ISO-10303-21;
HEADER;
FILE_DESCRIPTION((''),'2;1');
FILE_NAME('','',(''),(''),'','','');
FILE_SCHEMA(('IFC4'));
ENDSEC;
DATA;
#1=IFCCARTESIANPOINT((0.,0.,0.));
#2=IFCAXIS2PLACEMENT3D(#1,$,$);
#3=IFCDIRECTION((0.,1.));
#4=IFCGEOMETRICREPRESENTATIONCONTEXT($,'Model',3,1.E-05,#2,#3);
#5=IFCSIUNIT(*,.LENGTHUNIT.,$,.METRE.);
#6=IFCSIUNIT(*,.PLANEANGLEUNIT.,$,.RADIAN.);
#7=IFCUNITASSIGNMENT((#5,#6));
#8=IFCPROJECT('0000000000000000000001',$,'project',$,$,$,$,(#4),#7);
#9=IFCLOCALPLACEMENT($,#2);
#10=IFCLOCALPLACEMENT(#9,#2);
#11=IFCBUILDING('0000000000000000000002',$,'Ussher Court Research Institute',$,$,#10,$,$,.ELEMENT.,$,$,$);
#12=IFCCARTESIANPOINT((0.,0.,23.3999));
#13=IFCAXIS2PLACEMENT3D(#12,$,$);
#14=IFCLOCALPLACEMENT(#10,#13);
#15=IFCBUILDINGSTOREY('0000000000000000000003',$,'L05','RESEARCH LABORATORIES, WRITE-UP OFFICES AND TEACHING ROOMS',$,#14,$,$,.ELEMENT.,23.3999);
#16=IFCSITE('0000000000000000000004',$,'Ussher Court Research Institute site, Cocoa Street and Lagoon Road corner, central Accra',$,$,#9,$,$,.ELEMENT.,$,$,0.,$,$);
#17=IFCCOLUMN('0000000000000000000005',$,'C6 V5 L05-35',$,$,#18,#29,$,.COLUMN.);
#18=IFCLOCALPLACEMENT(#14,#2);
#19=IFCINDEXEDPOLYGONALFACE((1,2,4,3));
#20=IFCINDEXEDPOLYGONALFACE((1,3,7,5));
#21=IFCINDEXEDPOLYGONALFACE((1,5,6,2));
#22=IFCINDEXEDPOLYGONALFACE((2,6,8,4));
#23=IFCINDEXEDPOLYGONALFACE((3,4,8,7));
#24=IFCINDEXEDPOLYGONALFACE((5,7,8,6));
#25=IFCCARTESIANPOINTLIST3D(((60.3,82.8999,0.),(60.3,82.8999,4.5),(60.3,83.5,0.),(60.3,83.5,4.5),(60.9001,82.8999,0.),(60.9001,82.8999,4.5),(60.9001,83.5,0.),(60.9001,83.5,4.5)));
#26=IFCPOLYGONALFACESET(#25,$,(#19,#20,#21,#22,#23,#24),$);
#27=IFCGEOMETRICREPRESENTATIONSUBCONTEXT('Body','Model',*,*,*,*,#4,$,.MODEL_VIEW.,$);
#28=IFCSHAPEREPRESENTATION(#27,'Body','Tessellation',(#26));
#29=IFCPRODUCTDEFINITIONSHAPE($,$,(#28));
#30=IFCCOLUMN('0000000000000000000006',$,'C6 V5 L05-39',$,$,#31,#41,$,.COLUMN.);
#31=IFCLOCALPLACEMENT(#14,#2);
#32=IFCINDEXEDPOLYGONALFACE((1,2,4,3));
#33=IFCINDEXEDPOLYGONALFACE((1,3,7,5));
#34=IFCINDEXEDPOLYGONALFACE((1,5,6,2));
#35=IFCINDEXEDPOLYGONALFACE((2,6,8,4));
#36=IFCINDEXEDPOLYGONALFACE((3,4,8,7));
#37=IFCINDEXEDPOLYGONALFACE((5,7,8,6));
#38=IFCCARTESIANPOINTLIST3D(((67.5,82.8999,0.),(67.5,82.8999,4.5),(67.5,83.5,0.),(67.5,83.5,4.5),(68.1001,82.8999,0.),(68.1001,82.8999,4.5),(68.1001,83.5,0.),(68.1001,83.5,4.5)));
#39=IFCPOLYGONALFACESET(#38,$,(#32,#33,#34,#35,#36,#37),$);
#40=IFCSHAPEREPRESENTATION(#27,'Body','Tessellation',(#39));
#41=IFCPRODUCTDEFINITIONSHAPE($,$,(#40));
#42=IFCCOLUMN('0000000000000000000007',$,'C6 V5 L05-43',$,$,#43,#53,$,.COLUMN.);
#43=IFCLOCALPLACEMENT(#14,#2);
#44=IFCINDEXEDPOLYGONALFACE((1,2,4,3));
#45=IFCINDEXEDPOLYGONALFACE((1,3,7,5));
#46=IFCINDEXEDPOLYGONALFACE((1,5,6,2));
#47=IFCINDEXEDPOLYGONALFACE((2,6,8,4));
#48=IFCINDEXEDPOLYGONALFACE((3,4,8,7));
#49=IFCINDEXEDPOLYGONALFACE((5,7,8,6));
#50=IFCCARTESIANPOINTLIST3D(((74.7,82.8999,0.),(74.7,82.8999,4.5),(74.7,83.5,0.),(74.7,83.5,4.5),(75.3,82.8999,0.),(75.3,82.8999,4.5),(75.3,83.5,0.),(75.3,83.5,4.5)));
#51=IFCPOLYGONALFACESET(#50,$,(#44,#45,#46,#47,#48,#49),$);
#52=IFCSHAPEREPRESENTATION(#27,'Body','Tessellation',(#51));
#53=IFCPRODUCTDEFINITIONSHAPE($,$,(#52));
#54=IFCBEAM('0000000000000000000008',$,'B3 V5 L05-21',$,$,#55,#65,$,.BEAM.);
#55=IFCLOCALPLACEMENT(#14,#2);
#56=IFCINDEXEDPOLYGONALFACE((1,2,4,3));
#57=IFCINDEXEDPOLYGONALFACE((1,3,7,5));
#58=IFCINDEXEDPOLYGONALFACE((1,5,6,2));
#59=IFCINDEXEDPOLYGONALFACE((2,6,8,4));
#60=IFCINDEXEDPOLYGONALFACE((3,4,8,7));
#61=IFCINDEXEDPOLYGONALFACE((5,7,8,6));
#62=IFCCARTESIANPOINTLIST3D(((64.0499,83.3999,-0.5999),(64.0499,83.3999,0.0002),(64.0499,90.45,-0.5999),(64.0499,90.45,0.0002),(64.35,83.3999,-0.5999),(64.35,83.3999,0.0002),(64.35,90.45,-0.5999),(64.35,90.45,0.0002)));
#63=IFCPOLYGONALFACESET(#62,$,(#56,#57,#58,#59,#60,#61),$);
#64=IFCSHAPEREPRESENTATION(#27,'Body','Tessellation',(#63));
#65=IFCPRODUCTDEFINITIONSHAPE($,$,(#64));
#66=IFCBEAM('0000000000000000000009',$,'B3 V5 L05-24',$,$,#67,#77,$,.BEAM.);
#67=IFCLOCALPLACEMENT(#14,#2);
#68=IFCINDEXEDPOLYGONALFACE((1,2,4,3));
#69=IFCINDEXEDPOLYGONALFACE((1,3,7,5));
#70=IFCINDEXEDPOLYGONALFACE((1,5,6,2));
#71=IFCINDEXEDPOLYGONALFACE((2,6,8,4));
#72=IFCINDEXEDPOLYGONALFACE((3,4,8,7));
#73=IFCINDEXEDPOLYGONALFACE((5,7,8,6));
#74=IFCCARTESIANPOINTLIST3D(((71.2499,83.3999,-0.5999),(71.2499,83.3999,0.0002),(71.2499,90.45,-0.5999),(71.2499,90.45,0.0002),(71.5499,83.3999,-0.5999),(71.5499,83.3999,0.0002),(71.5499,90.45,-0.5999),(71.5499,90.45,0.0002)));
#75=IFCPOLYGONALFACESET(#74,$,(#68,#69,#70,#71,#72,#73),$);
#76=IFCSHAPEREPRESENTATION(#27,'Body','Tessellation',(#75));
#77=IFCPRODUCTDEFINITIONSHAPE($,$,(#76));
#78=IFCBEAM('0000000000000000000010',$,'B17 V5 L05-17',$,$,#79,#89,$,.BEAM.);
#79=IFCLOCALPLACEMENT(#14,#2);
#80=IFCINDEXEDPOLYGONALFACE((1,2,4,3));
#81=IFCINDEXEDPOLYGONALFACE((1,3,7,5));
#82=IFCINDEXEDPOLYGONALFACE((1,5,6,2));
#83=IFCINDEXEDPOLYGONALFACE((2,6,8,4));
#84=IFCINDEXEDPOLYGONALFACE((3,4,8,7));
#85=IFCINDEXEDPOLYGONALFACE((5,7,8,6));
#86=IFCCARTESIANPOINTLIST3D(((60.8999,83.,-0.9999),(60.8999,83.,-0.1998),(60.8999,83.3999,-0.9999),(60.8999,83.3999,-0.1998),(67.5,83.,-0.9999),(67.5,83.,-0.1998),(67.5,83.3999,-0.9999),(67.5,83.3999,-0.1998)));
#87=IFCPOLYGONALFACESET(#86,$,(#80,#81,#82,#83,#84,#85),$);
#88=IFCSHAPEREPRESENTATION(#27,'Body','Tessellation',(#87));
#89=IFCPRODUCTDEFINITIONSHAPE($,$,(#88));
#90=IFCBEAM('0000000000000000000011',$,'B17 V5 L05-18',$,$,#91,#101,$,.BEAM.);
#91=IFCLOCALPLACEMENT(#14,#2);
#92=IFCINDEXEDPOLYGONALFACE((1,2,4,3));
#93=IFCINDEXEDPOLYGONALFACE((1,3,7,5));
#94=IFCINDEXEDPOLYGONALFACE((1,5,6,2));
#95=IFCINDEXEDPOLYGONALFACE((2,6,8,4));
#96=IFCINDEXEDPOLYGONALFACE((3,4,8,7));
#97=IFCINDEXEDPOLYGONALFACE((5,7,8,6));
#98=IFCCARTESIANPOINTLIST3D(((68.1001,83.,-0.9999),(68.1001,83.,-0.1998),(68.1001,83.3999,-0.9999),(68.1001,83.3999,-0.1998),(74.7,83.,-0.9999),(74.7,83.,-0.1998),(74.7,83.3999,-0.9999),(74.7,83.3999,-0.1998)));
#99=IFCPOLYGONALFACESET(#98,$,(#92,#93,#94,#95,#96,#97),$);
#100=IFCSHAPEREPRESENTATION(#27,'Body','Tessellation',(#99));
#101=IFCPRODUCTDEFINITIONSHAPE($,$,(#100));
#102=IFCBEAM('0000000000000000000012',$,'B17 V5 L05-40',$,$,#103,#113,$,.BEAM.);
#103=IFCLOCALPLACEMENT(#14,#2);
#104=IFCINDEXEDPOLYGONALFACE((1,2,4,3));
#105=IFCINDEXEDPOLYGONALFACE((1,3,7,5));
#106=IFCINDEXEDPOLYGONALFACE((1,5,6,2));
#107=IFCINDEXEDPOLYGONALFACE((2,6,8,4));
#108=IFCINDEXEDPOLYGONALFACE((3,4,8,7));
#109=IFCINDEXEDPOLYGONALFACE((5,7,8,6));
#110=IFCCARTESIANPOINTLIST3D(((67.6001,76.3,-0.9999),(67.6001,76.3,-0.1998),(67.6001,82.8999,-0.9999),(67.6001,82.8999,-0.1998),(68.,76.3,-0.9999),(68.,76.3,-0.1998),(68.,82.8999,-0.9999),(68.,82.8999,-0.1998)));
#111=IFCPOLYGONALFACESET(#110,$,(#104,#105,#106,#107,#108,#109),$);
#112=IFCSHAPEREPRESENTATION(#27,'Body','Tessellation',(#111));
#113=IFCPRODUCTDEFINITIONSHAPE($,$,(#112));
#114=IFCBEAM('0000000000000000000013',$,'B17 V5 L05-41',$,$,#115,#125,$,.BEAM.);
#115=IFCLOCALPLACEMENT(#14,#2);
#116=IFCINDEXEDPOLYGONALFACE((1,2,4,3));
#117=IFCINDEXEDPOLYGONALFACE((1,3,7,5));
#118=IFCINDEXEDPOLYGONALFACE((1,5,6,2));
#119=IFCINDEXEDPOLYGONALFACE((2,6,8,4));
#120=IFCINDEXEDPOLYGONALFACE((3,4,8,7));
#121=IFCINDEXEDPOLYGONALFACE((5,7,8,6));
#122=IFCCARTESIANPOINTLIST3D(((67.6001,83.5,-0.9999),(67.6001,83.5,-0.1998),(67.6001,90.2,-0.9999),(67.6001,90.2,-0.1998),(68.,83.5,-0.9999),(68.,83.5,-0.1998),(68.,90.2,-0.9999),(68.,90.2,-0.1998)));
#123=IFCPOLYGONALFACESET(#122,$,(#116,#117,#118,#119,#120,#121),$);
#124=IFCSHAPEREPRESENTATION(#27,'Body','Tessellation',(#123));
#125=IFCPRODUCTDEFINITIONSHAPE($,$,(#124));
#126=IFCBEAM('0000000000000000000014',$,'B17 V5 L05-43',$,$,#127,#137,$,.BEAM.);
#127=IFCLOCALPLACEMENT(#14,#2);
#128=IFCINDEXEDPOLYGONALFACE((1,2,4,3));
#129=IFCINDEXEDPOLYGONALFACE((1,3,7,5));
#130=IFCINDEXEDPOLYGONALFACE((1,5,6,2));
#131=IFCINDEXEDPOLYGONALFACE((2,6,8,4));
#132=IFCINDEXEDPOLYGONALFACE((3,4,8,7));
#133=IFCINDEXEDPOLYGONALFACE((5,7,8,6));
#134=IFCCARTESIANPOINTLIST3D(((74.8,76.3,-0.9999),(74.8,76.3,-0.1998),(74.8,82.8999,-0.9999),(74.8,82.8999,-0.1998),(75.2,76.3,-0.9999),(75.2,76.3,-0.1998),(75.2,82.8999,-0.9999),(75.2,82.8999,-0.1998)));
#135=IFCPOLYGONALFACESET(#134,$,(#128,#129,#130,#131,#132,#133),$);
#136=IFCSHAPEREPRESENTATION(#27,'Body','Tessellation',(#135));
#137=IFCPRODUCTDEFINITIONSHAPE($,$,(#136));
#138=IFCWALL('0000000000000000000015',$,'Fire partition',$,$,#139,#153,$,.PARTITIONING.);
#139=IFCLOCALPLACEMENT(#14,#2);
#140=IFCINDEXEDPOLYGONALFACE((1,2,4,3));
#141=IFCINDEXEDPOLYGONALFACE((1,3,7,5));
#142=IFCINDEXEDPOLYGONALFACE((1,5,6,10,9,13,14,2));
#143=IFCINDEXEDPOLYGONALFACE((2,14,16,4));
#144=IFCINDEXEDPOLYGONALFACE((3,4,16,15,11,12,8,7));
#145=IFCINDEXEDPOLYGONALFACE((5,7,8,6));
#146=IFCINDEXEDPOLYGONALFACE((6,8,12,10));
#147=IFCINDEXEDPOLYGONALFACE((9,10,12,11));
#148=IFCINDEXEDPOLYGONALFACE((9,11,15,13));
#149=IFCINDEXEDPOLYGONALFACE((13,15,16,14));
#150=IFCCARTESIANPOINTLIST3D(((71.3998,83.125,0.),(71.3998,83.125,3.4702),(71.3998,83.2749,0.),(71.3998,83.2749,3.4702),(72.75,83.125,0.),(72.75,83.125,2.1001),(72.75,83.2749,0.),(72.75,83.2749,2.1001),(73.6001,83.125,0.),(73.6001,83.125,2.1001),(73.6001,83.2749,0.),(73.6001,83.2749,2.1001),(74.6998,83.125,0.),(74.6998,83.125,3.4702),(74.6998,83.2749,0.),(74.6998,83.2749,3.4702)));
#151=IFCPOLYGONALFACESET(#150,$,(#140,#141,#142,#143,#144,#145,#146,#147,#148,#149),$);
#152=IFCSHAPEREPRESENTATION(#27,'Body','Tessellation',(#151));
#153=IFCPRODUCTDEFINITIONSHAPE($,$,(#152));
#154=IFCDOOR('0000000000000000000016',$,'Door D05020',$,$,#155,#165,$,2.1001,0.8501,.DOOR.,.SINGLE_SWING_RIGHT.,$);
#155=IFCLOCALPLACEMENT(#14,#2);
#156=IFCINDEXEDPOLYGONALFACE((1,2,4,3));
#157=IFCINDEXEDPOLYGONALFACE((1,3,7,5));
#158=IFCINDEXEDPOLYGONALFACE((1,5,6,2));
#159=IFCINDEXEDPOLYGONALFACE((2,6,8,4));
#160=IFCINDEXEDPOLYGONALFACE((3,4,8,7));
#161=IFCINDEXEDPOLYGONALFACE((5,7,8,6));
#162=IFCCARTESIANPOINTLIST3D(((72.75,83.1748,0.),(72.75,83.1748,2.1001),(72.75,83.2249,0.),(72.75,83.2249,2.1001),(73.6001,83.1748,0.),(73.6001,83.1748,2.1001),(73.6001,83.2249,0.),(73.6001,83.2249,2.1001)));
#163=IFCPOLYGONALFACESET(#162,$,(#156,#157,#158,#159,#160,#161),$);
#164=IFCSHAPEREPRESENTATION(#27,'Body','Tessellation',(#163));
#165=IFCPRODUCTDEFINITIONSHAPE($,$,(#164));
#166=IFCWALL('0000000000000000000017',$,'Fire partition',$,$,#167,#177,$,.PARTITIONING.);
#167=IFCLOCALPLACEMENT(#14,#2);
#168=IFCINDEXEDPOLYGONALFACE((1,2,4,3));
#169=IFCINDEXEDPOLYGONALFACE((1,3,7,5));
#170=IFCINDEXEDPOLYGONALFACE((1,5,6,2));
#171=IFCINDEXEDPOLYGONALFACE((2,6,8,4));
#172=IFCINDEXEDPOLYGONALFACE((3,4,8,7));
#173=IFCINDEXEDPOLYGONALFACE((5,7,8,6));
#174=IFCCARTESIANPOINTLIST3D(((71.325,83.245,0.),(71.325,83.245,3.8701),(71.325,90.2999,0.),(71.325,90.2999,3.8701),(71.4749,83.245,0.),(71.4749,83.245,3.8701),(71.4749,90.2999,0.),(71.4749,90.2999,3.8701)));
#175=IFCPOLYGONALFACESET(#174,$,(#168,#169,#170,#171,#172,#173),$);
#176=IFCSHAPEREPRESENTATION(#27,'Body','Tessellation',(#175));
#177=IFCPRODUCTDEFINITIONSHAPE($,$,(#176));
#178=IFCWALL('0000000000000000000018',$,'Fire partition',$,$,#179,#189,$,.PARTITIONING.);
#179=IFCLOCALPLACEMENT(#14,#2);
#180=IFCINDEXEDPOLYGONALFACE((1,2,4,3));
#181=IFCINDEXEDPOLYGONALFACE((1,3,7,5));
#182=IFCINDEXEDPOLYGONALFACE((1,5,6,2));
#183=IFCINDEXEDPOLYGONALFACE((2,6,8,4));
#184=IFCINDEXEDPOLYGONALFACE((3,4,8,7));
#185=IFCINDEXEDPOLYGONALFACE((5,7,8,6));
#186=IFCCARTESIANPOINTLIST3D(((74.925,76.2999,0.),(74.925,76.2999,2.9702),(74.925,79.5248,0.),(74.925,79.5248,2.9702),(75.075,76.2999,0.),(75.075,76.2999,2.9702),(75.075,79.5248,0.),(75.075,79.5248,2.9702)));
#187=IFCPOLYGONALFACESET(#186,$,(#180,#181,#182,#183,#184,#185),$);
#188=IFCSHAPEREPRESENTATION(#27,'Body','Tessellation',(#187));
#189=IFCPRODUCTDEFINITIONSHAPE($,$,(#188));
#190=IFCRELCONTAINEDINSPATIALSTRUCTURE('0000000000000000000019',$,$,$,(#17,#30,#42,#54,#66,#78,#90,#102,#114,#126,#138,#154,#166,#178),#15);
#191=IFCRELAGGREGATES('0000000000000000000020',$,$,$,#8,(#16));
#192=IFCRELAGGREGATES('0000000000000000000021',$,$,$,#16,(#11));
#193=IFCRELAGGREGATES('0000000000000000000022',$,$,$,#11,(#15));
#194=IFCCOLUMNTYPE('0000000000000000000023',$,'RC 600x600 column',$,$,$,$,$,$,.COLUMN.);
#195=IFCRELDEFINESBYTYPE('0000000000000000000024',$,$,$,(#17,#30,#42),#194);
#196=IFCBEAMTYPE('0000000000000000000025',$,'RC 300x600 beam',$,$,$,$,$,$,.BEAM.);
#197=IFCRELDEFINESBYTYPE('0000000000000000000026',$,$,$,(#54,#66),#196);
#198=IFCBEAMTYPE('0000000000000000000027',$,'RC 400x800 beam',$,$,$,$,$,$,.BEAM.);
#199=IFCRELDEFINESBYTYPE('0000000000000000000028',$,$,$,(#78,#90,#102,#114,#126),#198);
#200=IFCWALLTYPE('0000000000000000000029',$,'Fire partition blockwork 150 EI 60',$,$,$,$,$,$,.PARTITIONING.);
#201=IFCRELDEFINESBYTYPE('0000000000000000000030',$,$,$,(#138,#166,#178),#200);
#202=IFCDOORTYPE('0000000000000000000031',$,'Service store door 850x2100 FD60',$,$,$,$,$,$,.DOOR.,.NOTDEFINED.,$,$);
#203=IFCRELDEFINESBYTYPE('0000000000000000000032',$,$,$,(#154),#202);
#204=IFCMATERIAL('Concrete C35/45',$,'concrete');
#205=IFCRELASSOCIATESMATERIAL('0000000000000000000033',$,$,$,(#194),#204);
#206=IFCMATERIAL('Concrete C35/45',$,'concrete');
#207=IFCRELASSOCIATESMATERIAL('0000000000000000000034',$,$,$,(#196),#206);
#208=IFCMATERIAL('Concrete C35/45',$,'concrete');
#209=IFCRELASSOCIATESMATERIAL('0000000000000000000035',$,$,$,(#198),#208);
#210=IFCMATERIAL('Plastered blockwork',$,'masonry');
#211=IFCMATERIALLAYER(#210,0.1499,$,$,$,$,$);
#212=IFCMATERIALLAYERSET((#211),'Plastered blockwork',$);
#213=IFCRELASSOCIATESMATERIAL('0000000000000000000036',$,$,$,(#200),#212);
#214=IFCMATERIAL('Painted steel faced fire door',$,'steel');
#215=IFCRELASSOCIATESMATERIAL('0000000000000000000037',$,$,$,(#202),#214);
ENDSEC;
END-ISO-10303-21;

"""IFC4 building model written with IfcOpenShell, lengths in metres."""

from ifc_helpers import new_model, si_unit, direction, frame, frame_2d, origin, origin_2d, place, context, subcontext, project, spatial, rectangle, extrude, material, layer, layer_set, material_profile, profile_set, type_object, element, fill, save


model = new_model("IFC4")

# Units and contexts
model_context = context("Model", 3, precision=1e-05, world=origin(), true_north=direction((0.0, 1.0)))
body_context = subcontext(model_context, "Body", "Model", "MODEL_VIEW")
ifc_project = project(units=[si_unit("LENGTHUNIT", "METRE"), si_unit("PLANEANGLEUNIT", "RADIAN")], contexts=[model_context])

# Site, building, storey
site_placement = place(None, origin())
site = spatial("IfcSite", under=ifc_project, at=site_placement, Name="Ussher Court Research Institute site, Cocoa Street and Lagoon Road corner, central Accra", CompositionType="ELEMENT", RefElevation=0.0)
building_placement = place(site_placement, origin())
building = spatial("IfcBuilding", under=site, at=building_placement, Name="Ussher Court Research Institute", CompositionType="ELEMENT")
storey_placement = place(building_placement, frame((0.0, 0.0, 23.3999)))
storey = spatial("IfcBuildingStorey", under=building, at=storey_placement, Name="L05", Description="RESEARCH LABORATORIES, WRITE-UP OFFICES AND TEACHING ROOMS", CompositionType="ELEMENT", Elevation=23.3999)

# Columns
ifc_material_1 = material(Name="Concrete C35/45", Category="concrete")
ifc_material_profile_1 = material_profile(ifc_material_1, rectangle(XDim=0.6001, YDim=0.6001, at=origin_2d()), Name="RC 600x600")
ifc_profile_set_1 = profile_set([ifc_material_profile_1], Name="Concrete C35/45")
column_type = type_object("IfcColumnType", Name="RC 600x600 column", PredefinedType="COLUMN", material=ifc_profile_set_1)
for number, where, z_axis, x_axis, name in (
    (1, (60.6001, 83.2, 0.0), (0.0, 0.0, 1.0), (1.0, 0.0, 0.0), "C6 V5 L05-35"),
    (2, (67.8, 83.2, 0.0), (0.0, 0.0, 1.0), (1.0, 0.0, 0.0), "C6 V5 L05-39"),
    (3, (75.0, 83.2, 0.0), (0.0, 0.0, 1.0), (1.0, 0.0, 0.0), "C6 V5 L05-43"),
):
    element("IfcColumn", number, at=place(storey_placement, frame(where, z_axis=z_axis, x_axis=x_axis)), inside=storey, type_object=column_type, Name=name, PredefinedType="COLUMN", context=body_context, shape_type="SweptSolid", body=[
        extrude(rectangle(XDim=0.6001, YDim=0.6001, at=origin_2d()), origin(), (0.0, 0.0, 1.0), 4.5),
    ])

# Beams
ifc_material_2 = material(Name="Concrete C35/45", Category="concrete")
ifc_material_profile_2 = material_profile(ifc_material_2, rectangle(XDim=0.3, YDim=0.6001, at=origin_2d()), Name="RC 300x600")
ifc_profile_set_2 = profile_set([ifc_material_profile_2], Name="Concrete C35/45")
beam_type_1 = type_object("IfcBeamType", Name="RC 300x600 beam", PredefinedType="BEAM", material=ifc_profile_set_2)
for number, where, z_axis, x_axis, name in (
    (4, (64.2, 83.3999, -0.2998), (0.0, 1.0, 0.0), (-1.0, 0.0, 0.0), "B3 V5 L05-21"),
    (5, (71.3999, 83.3999, -0.2998), (0.0, 1.0, 0.0), (-1.0, 0.0, 0.0), "B3 V5 L05-24"),
):
    element("IfcBeam", number, at=place(storey_placement, frame(where, z_axis=z_axis, x_axis=x_axis)), inside=storey, type_object=beam_type_1, Name=name, PredefinedType="BEAM", context=body_context, shape_type="SweptSolid", body=[
        extrude(rectangle(XDim=0.3, YDim=0.6001, at=origin_2d()), origin(), (0.0, 0.0, 1.0), 7.05),
    ])
ifc_material_3 = material(Name="Concrete C35/45", Category="concrete")
ifc_material_profile_3 = material_profile(ifc_material_3, rectangle(XDim=0.3999, YDim=0.8, at=origin_2d()), Name="RC 400x800")
ifc_profile_set_3 = profile_set([ifc_material_profile_3], Name="Concrete C35/45")
beam_type_2 = type_object("IfcBeamType", Name="RC 400x800 beam", PredefinedType="BEAM", material=ifc_profile_set_3)
beam_1_placement = place(storey_placement, frame((60.8999, 83.2, -0.5999), z_axis=(1.0, 0.0, 0.0), x_axis=(0.0, 1.0, 0.0)))
element("IfcBeam", 6, at=beam_1_placement, inside=storey, type_object=beam_type_2, Name="B17 V5 L05-17", PredefinedType="BEAM", context=body_context, shape_type="SweptSolid", body=[
    extrude(rectangle(XDim=0.3999, YDim=0.8, at=origin_2d()), origin(), (0.0, 0.0, 1.0), 6.6001),
])
for number, where, z_axis, x_axis, name in (
    (7, (68.1001, 83.2, -0.5999), (1.0, 0.0, 0.0), (0.0, 1.0, 0.0), "B17 V5 L05-18"),
    (8, (67.8, 76.3, -0.5999), (0.0, 1.0, 0.0), (-1.0, 0.0, 0.0), "B17 V5 L05-40"),
):
    element("IfcBeam", number, at=place(storey_placement, frame(where, z_axis=z_axis, x_axis=x_axis)), inside=storey, type_object=beam_type_2, Name=name, PredefinedType="BEAM", context=body_context, shape_type="SweptSolid", body=[
        extrude(rectangle(XDim=0.3999, YDim=0.8, at=origin_2d()), origin(), (0.0, 0.0, 1.0), 6.5999),
    ])
beam_2_placement = place(storey_placement, frame((67.8, 83.5, -0.5999), z_axis=(0.0, 1.0, 0.0), x_axis=(-1.0, 0.0, 0.0)))
element("IfcBeam", 9, at=beam_2_placement, inside=storey, type_object=beam_type_2, Name="B17 V5 L05-41", PredefinedType="BEAM", context=body_context, shape_type="SweptSolid", body=[
    extrude(rectangle(XDim=0.3999, YDim=0.8, at=origin_2d()), origin(), (0.0, 0.0, 1.0), 6.7),
])
beam_3_placement = place(storey_placement, frame((75.0, 76.3, -0.5999), z_axis=(0.0, 1.0, 0.0), x_axis=(-1.0, 0.0, 0.0)))
element("IfcBeam", 10, at=beam_3_placement, inside=storey, type_object=beam_type_2, Name="B17 V5 L05-43", PredefinedType="BEAM", context=body_context, shape_type="SweptSolid", body=[
    extrude(rectangle(XDim=0.3999, YDim=0.8, at=origin_2d()), origin(), (0.0, 0.0, 1.0), 6.5999),
])

# Wall, opening, door
ifc_material_4 = material(Name="Plastered blockwork", Category="masonry")
ifc_layer_1 = layer(ifc_material_4, 0.1499)
ifc_layer_set_1 = layer_set([ifc_layer_1], Name="Plastered blockwork")
wall_type_1 = type_object("IfcWallType", Name="Fire partition blockwork 150 EI 60", PredefinedType="PARTITIONING", material=ifc_layer_set_1)
wall_1_placement = place(storey_placement, frame((71.3999, 83.2, 0.0), z_axis=(0.0, 0.0, 1.0), x_axis=(1.0, 0.0, 0.0)))
wall_1 = element("IfcWall", 11, at=wall_1_placement, inside=storey, type_object=wall_type_1, Name="Fire partition", PredefinedType="PARTITIONING", context=body_context, shape_type="SweptSolid", body=[
    extrude(rectangle(XDim=3.3, YDim=0.1499, at=frame_2d((1.6499, 0.0))), origin(), (0.0, 0.0, 1.0), 3.4702),
])
opening_1_placement = place(wall_1_placement, frame((1.3501, 0.0, 0.0)))
opening_1 = element("IfcOpeningElement", 12, at=opening_1_placement, cuts=wall_1, PredefinedType="OPENING", context=body_context, shape_type="SweptSolid", body=[
    extrude(rectangle(XDim=0.8501, YDim=2.1001, at=frame_2d((0.425, 1.05))), frame((0.0, 0.085, 0.0), z_axis=(0.0, -1.0, 0.0), x_axis=(1.0, 0.0, 0.0)), (0.0, 0.0, 1.0), 0.1699),
])
ifc_material_5 = material(Name="Painted steel faced fire door", Category="steel")
door_type_1 = type_object("IfcDoorType", Name="Service store door 850x2100 FD60", OperationType="NOTDEFINED", PredefinedType="DOOR", material=ifc_material_5)
door_1_placement = place(opening_1_placement, origin())
door_1 = element("IfcDoor", 13, at=door_1_placement, inside=storey, type_object=door_type_1, Name="Door D05020", OperationType="SINGLE_SWING_RIGHT", OverallHeight=2.1001, OverallWidth=0.8501, PredefinedType="DOOR", context=body_context, shape_type="SweptSolid", body=[
    extrude(rectangle(XDim=0.8501, YDim=2.1001, at=frame_2d((0.425, 1.05))), frame((0.0, 0.0249, 0.0), z_axis=(0.0, -1.0, 0.0), x_axis=(1.0, 0.0, 0.0)), (0.0, 0.0, 1.0), 0.05),
])
fill(opening_1, door_1)

# Walls
wall_2_placement = place(storey_placement, frame((71.3999, 83.2451, 0.0), z_axis=(0.0, 0.0, 1.0), x_axis=(0.0, 1.0, 0.0)))
element("IfcWall", 14, at=wall_2_placement, inside=storey, type_object=wall_type_1, Name="Fire partition", PredefinedType="PARTITIONING", context=body_context, shape_type="SweptSolid", body=[
    extrude(rectangle(XDim=7.0549, YDim=0.1499, at=frame_2d((3.5273, 0.0))), origin(), (0.0, 0.0, 1.0), 3.8701),
])
wall_3_placement = place(storey_placement, frame((75.0, 76.3, 0.0), z_axis=(0.0, 0.0, 1.0), x_axis=(0.0, 1.0, 0.0)))
element("IfcWall", 15, at=wall_3_placement, inside=storey, type_object=wall_type_1, Name="Fire partition", PredefinedType="PARTITIONING", context=body_context, shape_type="SweptSolid", body=[
    extrude(rectangle(XDim=3.2249, YDim=0.1499, at=frame_2d((1.6123, 0.0))), origin(), (0.0, 0.0, 1.0), 2.9702),
])

save(model, "model.ifc")
